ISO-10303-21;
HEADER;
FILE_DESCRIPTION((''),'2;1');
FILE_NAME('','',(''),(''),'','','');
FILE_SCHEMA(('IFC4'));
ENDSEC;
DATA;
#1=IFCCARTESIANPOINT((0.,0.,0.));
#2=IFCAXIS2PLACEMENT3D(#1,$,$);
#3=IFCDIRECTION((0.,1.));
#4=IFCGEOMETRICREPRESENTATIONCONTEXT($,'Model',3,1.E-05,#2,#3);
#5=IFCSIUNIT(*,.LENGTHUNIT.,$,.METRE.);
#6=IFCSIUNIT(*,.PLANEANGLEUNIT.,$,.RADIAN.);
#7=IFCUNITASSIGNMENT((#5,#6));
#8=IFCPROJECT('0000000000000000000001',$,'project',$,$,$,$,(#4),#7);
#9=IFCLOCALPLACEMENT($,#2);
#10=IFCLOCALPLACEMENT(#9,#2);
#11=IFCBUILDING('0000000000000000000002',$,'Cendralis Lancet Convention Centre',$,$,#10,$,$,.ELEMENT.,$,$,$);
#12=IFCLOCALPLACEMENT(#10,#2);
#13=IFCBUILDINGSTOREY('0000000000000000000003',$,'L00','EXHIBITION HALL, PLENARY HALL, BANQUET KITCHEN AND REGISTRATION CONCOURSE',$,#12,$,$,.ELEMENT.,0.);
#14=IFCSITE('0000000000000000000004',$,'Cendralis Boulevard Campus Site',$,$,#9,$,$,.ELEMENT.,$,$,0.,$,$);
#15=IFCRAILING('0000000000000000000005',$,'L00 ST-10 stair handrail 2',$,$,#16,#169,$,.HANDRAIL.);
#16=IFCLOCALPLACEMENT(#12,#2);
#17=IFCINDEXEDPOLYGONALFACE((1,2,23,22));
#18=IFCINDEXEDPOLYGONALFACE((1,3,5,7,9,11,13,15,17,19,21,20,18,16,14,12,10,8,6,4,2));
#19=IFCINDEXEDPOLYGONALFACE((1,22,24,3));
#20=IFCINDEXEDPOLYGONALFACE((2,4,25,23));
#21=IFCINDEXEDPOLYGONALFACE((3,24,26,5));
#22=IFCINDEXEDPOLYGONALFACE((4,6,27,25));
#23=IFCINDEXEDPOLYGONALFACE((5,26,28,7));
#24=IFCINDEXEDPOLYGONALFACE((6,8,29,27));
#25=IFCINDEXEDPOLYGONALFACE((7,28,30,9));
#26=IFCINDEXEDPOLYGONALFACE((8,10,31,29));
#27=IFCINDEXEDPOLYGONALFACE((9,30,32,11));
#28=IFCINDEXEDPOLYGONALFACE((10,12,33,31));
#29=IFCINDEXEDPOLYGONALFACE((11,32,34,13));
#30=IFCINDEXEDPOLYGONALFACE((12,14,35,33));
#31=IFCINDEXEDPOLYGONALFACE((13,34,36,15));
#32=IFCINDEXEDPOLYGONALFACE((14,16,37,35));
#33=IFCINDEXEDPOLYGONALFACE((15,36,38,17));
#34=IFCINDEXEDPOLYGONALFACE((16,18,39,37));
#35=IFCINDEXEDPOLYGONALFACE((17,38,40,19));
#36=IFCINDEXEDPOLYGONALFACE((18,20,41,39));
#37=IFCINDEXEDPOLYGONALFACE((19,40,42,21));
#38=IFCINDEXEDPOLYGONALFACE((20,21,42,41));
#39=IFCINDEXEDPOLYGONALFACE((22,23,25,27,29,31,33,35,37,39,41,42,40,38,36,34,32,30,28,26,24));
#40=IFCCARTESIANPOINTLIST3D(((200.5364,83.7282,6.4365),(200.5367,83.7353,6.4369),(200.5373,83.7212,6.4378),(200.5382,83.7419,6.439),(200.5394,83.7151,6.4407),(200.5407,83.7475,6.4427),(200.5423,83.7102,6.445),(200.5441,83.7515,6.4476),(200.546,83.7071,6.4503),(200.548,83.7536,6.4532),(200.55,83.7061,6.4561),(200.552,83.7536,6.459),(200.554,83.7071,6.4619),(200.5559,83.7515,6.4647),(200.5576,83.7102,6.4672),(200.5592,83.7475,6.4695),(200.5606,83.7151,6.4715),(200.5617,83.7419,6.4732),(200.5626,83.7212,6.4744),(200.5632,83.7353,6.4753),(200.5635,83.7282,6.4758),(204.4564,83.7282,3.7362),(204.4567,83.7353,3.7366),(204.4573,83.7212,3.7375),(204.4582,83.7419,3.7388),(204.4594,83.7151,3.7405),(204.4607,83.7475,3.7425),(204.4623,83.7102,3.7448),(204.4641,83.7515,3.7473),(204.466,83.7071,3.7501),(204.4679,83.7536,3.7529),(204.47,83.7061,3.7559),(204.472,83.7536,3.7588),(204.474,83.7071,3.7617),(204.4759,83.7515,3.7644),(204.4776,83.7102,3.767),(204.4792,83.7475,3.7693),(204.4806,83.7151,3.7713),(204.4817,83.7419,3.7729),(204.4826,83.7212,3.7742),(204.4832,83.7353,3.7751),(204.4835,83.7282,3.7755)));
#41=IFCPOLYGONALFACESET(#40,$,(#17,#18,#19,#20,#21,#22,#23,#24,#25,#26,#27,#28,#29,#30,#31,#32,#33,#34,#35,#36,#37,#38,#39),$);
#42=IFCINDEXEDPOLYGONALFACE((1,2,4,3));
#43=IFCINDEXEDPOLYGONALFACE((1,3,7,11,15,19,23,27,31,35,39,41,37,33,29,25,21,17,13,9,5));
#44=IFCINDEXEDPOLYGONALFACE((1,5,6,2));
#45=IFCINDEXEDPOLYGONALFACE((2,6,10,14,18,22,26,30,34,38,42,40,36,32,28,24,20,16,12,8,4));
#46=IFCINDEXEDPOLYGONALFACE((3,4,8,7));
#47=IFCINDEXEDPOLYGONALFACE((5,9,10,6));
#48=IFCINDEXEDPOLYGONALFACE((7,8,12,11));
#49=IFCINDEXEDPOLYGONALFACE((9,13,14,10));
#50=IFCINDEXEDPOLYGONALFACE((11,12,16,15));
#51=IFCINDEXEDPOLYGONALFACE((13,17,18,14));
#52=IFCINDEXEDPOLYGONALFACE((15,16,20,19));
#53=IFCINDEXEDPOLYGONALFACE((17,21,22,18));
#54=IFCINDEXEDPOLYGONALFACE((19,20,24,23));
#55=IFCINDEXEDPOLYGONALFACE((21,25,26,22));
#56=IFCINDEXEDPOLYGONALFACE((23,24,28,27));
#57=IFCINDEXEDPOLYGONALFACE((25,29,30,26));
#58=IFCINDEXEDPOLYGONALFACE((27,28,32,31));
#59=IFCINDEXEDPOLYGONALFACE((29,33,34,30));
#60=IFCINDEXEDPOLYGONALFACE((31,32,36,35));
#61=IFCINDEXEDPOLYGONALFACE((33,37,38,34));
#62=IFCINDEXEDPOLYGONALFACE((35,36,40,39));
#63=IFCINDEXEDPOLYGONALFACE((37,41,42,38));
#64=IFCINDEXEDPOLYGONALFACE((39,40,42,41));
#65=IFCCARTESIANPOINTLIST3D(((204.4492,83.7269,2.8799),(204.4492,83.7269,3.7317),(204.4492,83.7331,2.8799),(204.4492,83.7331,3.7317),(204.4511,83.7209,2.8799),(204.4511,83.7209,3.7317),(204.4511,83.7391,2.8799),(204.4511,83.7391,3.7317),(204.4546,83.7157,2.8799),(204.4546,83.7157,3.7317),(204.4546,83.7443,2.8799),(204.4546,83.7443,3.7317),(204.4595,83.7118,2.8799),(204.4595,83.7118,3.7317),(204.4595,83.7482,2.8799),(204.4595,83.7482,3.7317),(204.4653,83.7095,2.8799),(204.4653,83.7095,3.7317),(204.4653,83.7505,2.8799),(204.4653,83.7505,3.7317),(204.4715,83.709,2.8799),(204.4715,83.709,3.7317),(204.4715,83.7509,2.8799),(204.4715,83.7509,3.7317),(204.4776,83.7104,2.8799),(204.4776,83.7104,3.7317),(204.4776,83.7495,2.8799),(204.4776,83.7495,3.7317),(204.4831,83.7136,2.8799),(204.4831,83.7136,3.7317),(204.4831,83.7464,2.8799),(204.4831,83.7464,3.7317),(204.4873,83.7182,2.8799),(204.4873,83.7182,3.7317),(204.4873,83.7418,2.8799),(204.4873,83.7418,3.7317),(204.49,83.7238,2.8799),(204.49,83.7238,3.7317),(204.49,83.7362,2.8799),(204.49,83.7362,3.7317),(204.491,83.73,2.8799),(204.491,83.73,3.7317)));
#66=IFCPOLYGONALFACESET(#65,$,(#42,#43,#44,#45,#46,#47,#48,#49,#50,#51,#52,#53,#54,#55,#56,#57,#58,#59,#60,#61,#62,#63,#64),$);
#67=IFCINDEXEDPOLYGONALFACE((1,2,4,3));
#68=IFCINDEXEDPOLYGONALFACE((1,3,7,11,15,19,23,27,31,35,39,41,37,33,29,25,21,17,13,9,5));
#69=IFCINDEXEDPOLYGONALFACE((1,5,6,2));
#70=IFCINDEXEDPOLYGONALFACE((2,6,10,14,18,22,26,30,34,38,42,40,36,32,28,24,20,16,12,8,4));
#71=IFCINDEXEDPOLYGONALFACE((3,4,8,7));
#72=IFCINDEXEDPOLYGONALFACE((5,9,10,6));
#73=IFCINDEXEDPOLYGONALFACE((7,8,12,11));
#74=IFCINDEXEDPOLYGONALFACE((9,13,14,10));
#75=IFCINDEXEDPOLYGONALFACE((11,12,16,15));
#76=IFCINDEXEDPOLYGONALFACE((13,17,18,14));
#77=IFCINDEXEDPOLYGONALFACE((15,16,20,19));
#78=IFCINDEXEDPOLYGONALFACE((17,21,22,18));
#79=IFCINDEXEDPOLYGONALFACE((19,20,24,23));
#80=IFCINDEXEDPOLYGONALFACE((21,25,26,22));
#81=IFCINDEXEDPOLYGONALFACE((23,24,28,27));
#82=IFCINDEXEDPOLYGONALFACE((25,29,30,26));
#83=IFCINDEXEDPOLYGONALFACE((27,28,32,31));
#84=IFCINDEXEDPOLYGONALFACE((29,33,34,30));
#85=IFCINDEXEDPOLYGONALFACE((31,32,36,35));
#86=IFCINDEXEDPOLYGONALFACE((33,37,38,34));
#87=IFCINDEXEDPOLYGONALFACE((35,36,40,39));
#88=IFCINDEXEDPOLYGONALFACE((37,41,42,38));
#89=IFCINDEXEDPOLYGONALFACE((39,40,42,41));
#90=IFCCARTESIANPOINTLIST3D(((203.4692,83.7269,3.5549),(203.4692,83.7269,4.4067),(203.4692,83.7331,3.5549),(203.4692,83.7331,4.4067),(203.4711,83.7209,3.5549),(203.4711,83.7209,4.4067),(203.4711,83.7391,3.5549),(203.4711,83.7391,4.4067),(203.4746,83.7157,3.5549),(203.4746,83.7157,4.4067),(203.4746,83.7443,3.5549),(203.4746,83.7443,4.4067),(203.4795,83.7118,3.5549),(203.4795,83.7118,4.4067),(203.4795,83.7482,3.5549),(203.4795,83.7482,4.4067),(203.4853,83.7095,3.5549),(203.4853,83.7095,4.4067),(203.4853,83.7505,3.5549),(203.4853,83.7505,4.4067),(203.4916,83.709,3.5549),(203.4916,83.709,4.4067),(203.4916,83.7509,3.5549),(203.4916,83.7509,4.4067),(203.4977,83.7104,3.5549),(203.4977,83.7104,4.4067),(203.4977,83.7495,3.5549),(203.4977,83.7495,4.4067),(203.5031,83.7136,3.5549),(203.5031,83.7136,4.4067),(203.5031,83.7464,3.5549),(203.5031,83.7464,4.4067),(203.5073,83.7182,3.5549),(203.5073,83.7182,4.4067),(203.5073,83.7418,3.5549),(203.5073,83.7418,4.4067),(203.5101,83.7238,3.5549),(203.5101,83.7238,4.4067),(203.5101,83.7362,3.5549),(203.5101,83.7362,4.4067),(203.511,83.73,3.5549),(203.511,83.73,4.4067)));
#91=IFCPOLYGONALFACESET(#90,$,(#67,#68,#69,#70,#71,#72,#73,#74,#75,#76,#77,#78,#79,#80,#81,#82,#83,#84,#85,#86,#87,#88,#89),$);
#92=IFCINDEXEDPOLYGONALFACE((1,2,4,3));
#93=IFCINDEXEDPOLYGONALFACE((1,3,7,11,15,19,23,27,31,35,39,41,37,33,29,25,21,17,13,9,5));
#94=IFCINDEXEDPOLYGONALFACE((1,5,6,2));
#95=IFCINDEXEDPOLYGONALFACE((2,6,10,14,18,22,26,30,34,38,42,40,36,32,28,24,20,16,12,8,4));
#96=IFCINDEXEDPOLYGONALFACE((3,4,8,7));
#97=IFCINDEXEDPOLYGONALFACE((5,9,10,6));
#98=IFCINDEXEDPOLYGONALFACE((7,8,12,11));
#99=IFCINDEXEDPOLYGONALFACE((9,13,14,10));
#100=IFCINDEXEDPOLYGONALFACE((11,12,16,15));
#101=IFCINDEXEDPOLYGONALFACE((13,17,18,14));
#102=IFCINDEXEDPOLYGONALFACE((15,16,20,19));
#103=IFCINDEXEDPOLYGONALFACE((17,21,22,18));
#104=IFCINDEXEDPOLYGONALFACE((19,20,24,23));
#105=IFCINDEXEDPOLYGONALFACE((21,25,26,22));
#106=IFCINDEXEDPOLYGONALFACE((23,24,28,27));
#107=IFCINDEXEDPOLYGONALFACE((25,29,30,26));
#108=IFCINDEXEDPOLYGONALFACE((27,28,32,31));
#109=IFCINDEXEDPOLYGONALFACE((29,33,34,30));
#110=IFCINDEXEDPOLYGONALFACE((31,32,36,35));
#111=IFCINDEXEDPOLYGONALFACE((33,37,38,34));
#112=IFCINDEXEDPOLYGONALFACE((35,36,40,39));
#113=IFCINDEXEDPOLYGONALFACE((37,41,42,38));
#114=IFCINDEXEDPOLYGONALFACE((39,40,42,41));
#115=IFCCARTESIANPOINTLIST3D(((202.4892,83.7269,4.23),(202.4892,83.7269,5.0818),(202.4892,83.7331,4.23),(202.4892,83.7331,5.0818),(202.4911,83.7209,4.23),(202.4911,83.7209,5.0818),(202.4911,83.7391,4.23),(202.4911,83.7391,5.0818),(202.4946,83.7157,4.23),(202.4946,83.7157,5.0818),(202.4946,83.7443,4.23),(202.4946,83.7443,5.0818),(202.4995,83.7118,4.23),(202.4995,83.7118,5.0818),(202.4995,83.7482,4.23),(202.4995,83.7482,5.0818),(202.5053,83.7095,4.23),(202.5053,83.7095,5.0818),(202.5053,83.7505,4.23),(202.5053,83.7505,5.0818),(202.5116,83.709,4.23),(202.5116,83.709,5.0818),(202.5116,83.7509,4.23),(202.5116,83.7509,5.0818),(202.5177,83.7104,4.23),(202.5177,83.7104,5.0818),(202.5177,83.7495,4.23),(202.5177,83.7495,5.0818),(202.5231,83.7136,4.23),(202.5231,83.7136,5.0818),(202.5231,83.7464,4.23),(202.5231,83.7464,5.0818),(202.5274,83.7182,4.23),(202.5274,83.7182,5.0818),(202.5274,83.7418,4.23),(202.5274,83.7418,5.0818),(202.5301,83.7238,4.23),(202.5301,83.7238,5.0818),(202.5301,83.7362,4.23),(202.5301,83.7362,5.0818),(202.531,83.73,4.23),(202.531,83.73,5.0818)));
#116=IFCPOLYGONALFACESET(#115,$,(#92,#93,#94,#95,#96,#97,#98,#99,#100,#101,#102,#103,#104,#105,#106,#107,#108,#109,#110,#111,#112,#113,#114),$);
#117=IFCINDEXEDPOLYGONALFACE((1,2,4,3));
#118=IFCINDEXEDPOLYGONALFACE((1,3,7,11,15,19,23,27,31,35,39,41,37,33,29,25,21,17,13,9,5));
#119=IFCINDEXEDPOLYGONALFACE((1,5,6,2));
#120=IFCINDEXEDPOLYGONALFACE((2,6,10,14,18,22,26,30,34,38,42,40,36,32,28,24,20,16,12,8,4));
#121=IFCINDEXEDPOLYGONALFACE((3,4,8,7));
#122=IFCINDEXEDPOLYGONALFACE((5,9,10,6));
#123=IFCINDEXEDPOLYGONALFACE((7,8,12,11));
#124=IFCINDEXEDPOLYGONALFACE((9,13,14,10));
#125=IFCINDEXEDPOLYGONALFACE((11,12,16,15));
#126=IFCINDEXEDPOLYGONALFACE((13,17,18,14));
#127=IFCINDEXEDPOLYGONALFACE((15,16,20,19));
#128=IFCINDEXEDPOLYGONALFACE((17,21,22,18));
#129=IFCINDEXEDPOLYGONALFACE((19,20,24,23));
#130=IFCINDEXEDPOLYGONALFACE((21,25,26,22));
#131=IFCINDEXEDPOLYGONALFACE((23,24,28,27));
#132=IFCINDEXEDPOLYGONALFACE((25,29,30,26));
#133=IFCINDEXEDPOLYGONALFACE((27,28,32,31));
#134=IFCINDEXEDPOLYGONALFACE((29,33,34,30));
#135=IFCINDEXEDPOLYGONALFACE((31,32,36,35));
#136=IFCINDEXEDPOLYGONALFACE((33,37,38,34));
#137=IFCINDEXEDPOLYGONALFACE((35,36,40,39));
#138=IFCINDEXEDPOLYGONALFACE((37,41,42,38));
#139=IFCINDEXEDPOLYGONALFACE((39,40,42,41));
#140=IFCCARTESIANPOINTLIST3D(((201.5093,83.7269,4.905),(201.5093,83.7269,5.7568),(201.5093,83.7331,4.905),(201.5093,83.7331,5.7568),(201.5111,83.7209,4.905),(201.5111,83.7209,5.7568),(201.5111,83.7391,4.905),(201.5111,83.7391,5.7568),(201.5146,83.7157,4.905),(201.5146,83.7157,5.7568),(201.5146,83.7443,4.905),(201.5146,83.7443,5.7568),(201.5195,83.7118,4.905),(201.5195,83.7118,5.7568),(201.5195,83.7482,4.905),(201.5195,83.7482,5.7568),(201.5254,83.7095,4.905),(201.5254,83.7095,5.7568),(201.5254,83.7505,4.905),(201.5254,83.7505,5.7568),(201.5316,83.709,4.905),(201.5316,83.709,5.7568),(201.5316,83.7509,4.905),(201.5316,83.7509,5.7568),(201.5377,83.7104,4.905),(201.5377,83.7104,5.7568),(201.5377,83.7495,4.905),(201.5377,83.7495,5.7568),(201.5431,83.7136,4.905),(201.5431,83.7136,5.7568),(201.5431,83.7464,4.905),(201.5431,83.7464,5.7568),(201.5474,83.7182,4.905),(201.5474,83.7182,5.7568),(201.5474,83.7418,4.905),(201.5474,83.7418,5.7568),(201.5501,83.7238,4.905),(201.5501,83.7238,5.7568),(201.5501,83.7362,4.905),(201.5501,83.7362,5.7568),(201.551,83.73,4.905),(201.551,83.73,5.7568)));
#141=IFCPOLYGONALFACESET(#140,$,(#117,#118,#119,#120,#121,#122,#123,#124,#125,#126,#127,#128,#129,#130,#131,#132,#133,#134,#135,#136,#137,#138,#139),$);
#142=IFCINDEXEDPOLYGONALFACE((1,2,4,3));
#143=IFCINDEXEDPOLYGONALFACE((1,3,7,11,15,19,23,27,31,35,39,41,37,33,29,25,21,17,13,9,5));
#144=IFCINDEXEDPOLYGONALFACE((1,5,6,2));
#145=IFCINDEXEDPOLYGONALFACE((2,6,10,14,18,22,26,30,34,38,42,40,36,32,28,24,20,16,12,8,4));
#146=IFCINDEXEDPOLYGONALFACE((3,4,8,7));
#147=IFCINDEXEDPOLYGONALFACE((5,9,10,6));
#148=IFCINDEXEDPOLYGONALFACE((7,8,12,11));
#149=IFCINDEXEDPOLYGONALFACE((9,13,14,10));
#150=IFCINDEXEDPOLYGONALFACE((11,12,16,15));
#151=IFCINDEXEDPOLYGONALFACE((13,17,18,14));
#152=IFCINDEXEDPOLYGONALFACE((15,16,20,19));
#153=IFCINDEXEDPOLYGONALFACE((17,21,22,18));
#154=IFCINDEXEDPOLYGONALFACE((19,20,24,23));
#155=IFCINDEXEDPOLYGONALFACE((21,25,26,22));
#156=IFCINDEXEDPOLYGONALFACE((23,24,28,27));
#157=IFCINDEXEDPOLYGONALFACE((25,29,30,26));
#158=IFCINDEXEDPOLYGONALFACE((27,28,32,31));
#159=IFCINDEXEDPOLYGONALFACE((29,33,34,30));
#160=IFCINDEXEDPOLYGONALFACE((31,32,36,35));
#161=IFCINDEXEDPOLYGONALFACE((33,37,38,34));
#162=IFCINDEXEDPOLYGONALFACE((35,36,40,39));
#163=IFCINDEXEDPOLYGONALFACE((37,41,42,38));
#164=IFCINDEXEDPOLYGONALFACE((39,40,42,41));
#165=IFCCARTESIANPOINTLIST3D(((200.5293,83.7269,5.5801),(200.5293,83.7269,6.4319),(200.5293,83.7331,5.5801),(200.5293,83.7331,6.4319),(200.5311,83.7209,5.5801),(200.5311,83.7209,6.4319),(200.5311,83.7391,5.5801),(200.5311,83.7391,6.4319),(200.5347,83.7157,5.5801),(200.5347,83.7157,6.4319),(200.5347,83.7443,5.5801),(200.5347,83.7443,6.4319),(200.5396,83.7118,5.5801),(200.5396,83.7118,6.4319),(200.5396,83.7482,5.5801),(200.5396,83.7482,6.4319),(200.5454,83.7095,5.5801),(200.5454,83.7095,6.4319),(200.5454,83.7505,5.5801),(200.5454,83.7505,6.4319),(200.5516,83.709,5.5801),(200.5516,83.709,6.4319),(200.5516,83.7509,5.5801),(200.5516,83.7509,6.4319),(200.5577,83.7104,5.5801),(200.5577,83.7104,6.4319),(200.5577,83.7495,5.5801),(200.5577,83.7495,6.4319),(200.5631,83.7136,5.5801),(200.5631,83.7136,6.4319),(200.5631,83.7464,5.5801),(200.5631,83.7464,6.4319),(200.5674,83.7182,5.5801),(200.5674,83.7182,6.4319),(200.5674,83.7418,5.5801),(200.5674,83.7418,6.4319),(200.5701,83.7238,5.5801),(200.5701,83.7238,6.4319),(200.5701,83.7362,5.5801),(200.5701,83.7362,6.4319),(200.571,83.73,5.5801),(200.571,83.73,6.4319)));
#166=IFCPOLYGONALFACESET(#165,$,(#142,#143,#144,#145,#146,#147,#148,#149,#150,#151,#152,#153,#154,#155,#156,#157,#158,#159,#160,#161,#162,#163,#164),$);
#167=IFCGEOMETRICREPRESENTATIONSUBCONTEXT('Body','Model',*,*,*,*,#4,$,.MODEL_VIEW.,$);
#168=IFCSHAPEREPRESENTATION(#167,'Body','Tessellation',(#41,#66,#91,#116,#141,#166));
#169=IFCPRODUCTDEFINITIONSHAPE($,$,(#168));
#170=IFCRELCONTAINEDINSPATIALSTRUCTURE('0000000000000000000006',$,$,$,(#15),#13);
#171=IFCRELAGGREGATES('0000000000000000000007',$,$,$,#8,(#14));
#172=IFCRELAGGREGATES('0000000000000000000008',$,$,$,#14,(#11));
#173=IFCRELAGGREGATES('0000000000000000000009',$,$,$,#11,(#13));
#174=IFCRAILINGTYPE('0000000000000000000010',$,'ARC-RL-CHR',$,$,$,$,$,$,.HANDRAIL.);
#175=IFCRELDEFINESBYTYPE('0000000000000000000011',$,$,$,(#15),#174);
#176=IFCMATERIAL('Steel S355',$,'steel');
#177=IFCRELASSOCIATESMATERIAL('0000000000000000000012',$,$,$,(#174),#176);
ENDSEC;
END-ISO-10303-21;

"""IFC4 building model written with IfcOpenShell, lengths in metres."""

from ifc_helpers import new_model, si_unit, direction, frame, origin, origin_2d, place, context, subcontext, project, spatial, circle, extrude, material, type_object, element, save


model = new_model("IFC4")

# Units and contexts
model_context = context("Model", 3, precision=1e-05, world=origin(), true_north=direction((0.0, 1.0)))
body_context = subcontext(model_context, "Body", "Model", "MODEL_VIEW")
ifc_project = project(units=[si_unit("LENGTHUNIT", "METRE"), si_unit("PLANEANGLEUNIT", "RADIAN")], contexts=[model_context])

# Site, building, storey
site_placement = place(None, origin())
site = spatial("IfcSite", under=ifc_project, at=site_placement, Name="Cendralis Boulevard Campus Site", CompositionType="ELEMENT", RefElevation=0.0)
building_placement = place(site_placement, origin())
building = spatial("IfcBuilding", under=site, at=building_placement, Name="Cendralis Lancet Convention Centre", CompositionType="ELEMENT")
storey_placement = place(building_placement, origin())
storey = spatial("IfcBuildingStorey", under=building, at=storey_placement, Name="L00", Description="EXHIBITION HALL, PLENARY HALL, BANQUET KITCHEN AND REGISTRATION CONCOURSE", CompositionType="ELEMENT", Elevation=0.0)

# Shared definitions
ifc_material_1 = material(Name="Steel S355", Category="steel")

# Railing
railing_type_1 = type_object("IfcRailingType", Name="ARC-RL-CHR", PredefinedType="HANDRAIL", material=ifc_material_1)
railing_1_placement = place(storey_placement, frame((204.47, 83.73, 2.8799)))
element("IfcRailing", 1, at=railing_1_placement, inside=storey, type_object=railing_type_1, Name="L00 ST-10 stair handrail 2", PredefinedType="HANDRAIL", context=body_context, shape_type="SweptSolid", body=[
    extrude(circle(Radius=0.0239, at=origin_2d()), frame((0.0, 0.0, 0.876), z_axis=(-0.823527, 0.0, 0.567277), x_axis=(0.0, -1.0, 0.0)), (0.0, 0.0, 1.0), 4.76),
    extrude(circle(Radius=0.021, at=origin_2d()), origin(), (0.0, 0.0, 1.0), 0.8518),
    extrude(circle(Radius=0.021, at=origin_2d()), frame((-0.98, 0.0, 0.675)), (0.0, 0.0, 1.0), 0.8518),
    extrude(circle(Radius=0.021, at=origin_2d()), frame((-1.96, 0.0, 1.3501)), (0.0, 0.0, 1.0), 0.8518),
    extrude(circle(Radius=0.021, at=origin_2d()), frame((-2.9399, 0.0, 2.0251)), (0.0, 0.0, 1.0), 0.8518),
    extrude(circle(Radius=0.021, at=origin_2d()), frame((-3.9199, 0.0, 2.7002)), (0.0, 0.0, 1.0), 0.8518),
])

save(model, "model.ifc")
